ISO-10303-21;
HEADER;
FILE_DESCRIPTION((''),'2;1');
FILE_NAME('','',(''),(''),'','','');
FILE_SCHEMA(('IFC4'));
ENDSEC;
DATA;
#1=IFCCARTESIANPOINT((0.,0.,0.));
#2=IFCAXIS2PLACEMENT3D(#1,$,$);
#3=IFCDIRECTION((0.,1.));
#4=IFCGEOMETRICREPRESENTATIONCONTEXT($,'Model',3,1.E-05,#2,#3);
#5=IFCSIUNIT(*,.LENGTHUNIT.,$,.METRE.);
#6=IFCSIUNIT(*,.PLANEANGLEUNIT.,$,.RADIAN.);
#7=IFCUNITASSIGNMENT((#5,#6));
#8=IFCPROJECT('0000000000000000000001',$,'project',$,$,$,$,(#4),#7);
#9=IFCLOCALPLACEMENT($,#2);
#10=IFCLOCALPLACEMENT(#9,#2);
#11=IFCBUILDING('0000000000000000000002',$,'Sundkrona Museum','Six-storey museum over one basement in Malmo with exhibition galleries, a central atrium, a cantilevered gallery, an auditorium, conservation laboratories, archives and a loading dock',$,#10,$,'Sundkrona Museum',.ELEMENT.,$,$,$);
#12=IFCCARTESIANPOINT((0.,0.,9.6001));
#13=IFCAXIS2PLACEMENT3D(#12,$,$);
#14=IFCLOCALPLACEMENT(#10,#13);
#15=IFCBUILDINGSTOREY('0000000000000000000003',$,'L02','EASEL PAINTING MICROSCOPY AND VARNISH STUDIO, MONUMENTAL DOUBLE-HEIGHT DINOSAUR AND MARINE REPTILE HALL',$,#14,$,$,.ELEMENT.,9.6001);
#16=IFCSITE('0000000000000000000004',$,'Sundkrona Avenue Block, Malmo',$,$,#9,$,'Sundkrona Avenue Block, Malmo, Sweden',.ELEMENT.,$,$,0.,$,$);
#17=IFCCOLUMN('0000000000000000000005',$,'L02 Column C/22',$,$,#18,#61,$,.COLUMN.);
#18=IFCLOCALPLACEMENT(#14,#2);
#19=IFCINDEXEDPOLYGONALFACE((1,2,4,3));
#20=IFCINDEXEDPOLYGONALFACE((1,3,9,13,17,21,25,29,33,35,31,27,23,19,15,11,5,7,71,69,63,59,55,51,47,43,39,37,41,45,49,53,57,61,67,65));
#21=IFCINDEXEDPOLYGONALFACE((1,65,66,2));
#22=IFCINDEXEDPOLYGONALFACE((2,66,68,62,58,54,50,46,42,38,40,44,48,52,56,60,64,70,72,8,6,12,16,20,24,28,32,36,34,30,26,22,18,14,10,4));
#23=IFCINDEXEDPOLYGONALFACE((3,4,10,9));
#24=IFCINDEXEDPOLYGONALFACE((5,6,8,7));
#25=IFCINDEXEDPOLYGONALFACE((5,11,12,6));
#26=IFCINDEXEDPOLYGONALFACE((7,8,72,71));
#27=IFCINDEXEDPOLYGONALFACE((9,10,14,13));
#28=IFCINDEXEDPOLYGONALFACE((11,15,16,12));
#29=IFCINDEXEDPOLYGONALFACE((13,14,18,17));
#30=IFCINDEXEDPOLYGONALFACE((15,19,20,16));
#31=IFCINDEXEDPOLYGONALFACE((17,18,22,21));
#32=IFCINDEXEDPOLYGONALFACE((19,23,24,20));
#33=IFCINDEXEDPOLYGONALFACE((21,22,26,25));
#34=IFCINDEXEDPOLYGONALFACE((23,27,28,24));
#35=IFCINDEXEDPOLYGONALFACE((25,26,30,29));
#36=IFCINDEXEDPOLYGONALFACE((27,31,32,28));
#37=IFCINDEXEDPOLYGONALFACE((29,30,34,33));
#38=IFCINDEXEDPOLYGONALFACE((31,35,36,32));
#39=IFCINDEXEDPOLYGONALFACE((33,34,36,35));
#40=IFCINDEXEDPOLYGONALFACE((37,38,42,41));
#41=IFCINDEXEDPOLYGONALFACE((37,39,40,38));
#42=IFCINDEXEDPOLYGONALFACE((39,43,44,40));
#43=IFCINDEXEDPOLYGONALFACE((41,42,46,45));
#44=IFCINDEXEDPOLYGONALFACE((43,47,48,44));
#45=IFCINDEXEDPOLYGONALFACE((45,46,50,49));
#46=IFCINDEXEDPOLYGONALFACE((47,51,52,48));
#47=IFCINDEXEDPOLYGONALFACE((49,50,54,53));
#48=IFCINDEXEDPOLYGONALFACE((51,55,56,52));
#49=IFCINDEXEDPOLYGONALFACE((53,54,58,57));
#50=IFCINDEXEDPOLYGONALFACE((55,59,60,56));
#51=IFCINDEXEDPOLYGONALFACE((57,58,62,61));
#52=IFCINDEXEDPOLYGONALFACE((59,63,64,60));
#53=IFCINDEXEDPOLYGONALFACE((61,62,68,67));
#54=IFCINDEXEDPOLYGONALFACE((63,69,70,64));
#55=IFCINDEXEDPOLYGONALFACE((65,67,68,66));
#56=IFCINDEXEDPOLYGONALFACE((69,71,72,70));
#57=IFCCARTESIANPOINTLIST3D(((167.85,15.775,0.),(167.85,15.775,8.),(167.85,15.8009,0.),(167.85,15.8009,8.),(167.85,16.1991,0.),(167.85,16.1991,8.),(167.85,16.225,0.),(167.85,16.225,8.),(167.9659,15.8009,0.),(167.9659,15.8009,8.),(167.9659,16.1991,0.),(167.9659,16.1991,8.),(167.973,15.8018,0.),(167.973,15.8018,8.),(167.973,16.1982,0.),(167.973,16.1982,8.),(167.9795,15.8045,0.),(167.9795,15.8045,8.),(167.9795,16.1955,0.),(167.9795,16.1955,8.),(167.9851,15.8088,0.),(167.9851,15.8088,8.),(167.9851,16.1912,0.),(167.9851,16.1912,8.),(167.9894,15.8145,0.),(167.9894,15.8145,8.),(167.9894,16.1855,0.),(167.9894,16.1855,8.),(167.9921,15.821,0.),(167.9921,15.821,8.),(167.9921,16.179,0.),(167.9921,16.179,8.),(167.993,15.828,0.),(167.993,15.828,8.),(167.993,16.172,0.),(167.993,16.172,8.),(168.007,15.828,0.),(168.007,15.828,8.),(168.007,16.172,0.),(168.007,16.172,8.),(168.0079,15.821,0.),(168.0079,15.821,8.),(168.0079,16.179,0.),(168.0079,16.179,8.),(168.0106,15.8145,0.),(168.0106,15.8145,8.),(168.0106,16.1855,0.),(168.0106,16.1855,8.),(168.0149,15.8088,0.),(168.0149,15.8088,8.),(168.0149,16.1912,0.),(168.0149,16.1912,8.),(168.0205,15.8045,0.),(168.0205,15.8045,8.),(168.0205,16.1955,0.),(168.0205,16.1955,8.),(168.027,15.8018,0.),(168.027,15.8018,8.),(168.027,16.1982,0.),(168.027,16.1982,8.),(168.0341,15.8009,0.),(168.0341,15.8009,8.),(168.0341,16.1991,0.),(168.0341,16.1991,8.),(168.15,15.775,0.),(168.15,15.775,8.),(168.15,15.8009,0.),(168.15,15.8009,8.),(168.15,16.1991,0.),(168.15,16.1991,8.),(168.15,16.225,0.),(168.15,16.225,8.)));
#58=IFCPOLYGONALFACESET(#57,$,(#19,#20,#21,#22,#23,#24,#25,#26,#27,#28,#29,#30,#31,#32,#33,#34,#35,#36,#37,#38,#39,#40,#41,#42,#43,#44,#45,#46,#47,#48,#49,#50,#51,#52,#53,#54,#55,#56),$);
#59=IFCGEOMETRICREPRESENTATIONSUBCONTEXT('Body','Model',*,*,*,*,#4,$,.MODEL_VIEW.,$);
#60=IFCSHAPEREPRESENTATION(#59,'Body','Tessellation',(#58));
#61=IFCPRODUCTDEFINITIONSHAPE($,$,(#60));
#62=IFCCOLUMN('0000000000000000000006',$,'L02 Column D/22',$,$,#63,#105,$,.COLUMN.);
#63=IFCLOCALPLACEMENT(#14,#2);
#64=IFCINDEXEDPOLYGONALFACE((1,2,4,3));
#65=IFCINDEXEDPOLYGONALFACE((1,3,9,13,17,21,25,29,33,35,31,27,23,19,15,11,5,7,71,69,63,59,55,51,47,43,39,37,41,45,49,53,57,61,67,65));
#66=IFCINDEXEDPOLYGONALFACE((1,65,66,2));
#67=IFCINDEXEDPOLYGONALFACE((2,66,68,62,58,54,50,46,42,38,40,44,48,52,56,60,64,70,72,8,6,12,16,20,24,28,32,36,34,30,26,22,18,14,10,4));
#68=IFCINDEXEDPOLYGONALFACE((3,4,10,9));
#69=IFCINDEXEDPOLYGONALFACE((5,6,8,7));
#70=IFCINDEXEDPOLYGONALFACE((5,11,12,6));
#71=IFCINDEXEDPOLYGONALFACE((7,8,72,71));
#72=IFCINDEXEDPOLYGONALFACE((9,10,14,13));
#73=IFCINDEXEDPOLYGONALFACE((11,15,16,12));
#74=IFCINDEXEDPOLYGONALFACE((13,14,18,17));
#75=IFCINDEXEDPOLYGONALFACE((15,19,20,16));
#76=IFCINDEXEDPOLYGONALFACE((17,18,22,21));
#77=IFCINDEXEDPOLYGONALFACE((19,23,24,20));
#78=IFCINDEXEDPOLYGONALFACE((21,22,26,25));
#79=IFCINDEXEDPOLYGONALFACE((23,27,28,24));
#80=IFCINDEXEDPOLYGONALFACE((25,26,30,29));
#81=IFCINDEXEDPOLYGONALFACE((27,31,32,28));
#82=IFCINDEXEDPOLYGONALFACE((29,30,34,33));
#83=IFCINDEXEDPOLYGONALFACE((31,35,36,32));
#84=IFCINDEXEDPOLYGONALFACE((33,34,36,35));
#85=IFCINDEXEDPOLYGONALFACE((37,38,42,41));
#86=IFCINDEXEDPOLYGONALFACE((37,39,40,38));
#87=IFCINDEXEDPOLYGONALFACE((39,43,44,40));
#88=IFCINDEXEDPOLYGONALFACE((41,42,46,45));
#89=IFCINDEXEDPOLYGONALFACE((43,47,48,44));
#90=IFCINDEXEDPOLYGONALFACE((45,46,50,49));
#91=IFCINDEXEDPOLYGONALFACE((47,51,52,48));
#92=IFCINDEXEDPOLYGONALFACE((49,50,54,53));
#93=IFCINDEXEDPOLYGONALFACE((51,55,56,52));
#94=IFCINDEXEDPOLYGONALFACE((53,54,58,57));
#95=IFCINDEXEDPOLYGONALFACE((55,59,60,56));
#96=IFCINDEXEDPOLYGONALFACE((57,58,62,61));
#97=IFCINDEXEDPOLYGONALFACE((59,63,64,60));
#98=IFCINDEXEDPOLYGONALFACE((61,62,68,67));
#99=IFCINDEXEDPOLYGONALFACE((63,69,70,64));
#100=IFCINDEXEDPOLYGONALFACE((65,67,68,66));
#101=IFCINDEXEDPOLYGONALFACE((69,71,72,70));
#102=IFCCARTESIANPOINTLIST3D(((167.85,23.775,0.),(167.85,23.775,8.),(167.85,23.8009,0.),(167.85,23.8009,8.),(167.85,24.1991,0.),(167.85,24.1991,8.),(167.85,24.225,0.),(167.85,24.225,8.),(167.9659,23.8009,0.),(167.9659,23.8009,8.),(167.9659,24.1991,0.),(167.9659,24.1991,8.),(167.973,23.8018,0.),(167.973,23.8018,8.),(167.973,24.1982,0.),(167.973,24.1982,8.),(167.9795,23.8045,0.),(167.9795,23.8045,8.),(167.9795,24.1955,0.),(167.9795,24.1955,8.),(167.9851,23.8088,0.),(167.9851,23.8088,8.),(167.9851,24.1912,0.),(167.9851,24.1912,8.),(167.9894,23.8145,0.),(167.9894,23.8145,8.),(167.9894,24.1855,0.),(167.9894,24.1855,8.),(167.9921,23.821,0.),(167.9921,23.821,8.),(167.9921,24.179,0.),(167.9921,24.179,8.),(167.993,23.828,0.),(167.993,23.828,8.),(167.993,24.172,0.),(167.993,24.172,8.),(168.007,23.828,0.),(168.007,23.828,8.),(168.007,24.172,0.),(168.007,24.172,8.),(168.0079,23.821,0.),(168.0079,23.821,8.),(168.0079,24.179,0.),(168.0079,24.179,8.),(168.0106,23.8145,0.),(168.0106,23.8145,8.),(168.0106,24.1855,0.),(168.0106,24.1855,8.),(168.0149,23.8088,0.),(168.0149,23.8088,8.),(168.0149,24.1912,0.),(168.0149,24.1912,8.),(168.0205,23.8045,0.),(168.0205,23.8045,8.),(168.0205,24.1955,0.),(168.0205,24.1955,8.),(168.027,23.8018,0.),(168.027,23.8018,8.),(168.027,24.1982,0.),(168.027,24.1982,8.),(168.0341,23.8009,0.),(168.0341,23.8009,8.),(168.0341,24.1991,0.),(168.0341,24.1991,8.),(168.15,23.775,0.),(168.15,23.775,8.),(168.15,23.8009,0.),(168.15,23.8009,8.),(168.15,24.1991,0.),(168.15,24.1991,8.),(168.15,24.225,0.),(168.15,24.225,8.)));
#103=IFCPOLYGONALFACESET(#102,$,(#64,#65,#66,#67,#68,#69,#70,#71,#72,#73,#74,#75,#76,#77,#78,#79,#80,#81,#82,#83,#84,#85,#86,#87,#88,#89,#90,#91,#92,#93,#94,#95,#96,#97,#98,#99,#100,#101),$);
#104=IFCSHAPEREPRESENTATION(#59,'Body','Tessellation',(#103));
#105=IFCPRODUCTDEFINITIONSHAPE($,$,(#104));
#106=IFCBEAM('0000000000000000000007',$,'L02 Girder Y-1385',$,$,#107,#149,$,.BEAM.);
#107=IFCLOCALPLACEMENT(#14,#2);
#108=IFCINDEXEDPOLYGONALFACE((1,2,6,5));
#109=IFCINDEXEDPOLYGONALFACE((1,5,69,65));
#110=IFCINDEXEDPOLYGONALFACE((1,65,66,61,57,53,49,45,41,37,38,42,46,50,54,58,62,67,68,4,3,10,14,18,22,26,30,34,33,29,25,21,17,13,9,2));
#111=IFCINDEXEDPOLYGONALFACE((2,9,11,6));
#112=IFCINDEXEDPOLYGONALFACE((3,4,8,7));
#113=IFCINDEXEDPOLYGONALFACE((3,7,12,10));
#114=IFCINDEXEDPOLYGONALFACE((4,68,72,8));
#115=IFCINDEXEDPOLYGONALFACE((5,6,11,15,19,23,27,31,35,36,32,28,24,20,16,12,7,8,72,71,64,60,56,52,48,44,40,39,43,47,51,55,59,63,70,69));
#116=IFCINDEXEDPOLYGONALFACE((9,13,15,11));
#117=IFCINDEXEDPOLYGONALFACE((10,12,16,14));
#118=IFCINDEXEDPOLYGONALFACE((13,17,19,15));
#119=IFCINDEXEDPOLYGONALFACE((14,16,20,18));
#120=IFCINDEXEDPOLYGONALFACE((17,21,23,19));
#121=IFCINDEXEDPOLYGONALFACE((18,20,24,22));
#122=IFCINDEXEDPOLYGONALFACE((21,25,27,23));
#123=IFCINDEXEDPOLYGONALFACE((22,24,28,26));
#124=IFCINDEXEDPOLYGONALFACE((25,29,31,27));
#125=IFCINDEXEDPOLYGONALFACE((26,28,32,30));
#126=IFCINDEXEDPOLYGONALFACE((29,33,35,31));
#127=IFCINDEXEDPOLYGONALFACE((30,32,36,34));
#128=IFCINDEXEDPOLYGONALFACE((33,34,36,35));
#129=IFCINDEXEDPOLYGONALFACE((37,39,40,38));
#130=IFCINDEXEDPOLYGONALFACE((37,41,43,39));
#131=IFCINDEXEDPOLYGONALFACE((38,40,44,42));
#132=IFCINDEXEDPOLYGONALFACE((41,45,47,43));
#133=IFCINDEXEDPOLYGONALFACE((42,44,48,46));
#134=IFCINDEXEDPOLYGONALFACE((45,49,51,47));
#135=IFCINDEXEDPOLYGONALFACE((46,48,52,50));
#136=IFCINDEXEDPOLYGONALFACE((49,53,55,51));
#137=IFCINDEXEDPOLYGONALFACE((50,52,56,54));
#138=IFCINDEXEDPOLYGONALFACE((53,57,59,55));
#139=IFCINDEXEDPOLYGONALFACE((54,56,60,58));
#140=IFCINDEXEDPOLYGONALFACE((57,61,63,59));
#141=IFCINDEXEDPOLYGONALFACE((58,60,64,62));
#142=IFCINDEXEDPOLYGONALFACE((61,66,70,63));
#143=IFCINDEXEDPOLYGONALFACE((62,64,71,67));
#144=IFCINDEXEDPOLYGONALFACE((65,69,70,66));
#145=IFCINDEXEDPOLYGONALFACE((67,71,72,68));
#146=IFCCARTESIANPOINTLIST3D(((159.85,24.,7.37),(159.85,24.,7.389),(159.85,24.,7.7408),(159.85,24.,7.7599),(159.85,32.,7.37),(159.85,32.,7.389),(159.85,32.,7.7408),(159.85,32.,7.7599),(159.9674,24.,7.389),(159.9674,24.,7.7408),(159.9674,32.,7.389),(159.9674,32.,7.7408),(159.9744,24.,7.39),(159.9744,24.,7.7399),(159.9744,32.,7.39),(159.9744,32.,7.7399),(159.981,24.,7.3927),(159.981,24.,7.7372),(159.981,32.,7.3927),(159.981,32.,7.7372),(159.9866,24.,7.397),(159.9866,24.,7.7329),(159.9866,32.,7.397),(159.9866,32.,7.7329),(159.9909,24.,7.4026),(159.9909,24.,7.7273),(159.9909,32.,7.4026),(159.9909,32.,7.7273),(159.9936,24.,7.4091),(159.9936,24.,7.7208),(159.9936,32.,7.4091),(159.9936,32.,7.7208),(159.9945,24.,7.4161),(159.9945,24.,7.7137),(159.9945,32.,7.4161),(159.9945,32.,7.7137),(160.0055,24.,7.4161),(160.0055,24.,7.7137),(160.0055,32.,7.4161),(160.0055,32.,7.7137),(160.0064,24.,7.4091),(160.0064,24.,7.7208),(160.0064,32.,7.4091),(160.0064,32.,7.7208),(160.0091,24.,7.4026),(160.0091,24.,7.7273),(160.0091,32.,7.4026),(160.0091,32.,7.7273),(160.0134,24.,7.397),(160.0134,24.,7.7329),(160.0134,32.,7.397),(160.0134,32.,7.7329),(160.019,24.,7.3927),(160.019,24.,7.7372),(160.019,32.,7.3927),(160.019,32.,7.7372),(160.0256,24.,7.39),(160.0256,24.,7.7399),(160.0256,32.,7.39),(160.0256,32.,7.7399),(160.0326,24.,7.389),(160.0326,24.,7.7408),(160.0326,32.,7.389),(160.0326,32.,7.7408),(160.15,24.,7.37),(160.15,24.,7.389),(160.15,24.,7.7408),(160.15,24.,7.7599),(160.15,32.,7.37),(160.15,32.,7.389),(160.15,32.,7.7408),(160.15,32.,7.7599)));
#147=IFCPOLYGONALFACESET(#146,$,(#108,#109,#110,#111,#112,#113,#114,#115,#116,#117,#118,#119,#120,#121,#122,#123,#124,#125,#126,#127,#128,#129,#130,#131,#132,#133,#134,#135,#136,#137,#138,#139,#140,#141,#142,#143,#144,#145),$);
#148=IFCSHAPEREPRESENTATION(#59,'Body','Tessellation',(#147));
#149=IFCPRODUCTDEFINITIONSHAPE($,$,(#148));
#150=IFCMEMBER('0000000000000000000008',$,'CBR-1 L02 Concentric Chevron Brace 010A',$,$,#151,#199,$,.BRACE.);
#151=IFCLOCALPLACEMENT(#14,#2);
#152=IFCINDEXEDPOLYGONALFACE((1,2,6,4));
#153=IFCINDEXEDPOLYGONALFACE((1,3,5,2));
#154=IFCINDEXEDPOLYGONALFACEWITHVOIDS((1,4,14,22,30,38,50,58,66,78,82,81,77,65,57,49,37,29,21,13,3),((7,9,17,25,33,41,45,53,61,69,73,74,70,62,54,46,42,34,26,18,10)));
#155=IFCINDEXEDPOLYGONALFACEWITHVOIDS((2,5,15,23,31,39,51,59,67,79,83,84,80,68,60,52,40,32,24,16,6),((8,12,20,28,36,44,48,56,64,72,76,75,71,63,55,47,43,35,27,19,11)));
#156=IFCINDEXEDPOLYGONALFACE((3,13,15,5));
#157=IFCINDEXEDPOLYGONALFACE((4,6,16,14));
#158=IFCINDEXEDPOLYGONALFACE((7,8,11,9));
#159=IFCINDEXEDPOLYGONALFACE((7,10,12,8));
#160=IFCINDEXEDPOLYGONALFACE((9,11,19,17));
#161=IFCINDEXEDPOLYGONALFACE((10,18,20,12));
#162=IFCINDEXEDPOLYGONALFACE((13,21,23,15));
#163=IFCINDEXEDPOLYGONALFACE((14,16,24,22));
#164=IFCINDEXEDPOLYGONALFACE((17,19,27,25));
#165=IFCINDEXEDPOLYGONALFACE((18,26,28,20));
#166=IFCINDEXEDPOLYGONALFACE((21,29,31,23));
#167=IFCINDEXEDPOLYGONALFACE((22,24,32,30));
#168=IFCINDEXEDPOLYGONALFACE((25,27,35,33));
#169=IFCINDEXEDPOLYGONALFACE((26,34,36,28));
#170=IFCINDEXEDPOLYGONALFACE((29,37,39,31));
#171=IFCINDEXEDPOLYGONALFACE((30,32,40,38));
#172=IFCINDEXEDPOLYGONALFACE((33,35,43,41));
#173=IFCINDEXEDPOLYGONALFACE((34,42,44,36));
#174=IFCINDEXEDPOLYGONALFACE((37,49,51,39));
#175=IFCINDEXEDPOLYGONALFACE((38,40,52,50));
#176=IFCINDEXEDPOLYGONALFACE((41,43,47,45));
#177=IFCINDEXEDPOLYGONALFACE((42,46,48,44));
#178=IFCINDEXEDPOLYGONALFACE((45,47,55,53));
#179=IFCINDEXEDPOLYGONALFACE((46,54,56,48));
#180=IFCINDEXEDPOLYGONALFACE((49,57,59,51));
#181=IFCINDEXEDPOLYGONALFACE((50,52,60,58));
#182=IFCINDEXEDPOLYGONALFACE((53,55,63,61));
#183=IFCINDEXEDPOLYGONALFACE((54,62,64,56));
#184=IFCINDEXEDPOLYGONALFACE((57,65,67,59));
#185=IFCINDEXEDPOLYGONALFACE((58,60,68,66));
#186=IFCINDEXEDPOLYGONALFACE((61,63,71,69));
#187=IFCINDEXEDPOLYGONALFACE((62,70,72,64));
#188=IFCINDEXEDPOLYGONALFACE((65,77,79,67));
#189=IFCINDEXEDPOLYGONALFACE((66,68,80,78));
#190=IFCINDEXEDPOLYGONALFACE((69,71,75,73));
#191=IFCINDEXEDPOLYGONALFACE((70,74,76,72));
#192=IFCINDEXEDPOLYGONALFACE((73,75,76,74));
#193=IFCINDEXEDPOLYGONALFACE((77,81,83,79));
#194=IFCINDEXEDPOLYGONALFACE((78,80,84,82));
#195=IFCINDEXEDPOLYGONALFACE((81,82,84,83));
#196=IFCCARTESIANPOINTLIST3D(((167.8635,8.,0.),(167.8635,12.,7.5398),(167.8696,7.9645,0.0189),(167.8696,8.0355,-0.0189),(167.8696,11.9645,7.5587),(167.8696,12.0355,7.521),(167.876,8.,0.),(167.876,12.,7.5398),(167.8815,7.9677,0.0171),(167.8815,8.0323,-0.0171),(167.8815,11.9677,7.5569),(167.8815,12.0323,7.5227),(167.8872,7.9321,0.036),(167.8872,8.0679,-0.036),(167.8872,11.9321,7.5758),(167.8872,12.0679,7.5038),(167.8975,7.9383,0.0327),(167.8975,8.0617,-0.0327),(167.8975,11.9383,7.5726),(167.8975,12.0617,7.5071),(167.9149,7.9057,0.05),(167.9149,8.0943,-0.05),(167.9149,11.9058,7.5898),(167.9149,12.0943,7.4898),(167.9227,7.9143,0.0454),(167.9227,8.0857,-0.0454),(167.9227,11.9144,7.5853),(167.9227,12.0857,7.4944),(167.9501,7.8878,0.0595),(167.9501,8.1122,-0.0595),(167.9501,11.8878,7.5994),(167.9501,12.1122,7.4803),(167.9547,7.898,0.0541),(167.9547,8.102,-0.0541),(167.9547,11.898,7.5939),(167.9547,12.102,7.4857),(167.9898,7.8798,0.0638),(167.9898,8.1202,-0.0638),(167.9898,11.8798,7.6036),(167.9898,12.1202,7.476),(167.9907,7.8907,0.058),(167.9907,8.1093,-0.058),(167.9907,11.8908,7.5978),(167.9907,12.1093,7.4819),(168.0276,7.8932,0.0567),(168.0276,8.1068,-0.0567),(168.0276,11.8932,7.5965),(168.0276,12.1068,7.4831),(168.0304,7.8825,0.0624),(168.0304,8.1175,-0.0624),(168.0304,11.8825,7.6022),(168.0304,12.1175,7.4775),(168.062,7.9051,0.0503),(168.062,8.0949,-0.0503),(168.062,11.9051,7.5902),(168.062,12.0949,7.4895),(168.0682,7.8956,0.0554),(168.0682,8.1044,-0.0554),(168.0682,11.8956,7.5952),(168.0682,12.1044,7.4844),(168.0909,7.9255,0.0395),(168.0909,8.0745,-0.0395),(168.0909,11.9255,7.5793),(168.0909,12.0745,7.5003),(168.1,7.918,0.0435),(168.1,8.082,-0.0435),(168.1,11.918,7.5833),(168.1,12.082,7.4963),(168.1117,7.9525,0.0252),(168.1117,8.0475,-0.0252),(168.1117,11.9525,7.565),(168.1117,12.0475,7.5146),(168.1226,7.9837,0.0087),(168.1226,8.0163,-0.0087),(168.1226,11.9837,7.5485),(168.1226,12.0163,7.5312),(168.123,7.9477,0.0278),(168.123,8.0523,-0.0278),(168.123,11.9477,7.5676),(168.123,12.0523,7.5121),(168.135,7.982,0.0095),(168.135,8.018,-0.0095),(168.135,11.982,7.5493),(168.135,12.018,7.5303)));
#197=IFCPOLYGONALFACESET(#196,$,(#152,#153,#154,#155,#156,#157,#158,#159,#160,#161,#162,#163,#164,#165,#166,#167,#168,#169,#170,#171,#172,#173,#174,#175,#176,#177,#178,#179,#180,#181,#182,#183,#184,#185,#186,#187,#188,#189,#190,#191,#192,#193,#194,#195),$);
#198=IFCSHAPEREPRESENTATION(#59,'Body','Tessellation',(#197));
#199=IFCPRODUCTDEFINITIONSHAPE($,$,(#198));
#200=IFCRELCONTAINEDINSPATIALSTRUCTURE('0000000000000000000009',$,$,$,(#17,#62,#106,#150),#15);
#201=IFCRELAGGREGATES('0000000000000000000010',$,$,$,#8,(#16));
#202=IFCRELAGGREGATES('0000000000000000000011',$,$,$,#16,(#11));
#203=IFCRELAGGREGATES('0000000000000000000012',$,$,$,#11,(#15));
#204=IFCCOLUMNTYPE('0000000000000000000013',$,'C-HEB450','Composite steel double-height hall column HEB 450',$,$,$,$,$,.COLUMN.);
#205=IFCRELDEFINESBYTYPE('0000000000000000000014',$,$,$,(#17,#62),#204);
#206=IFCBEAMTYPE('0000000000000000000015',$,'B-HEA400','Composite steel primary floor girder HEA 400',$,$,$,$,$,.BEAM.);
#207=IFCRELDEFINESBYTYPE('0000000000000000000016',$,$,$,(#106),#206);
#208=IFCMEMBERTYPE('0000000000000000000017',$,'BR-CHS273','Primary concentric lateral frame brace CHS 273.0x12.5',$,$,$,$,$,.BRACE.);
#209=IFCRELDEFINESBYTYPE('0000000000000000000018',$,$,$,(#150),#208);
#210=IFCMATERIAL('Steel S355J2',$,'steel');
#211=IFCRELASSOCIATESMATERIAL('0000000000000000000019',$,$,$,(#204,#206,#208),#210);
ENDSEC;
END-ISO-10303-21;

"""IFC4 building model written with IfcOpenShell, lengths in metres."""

from ifc_helpers import new_model, si_unit, direction, frame, origin, origin_2d, place, context, subcontext, project, spatial, hollow_circle, i_section, extrude, material, material_profile, profile_set, type_object, element, save


model = new_model("IFC4")

# Units and contexts
model_context = context("Model", 3, precision=1e-05, world=origin(), true_north=direction((0.0, 1.0)))
body_context = subcontext(model_context, "Body", "Model", "MODEL_VIEW")
ifc_project = project(units=[si_unit("LENGTHUNIT", "METRE"), si_unit("PLANEANGLEUNIT", "RADIAN")], contexts=[model_context])

# Site, building, storey
site_placement = place(None, origin())
site = spatial("IfcSite", under=ifc_project, at=site_placement, Name="Sundkrona Avenue Block, Malmo", LongName="Sundkrona Avenue Block, Malmo, Sweden", CompositionType="ELEMENT", RefElevation=0.0)
building_placement = place(site_placement, origin())
building = spatial("IfcBuilding", under=site, at=building_placement, Name="Sundkrona Museum", Description="Six-storey museum over one basement in Malmo with exhibition galleries, a central atrium, a cantilevered gallery, an auditorium, conservation laboratories, archives and a loading dock", LongName="Sundkrona Museum", CompositionType="ELEMENT")
storey_placement = place(building_placement, frame((0.0, 0.0, 9.6001)))
storey = spatial("IfcBuildingStorey", under=building, at=storey_placement, Name="L02", Description="EASEL PAINTING MICROSCOPY AND VARNISH STUDIO, MONUMENTAL DOUBLE-HEIGHT DINOSAUR AND MARINE REPTILE HALL", CompositionType="ELEMENT", Elevation=9.6001)

# Columns
ifc_material_1 = material(Name="Steel S355J2", Category="steel")
ifc_material_profile_1 = material_profile(ifc_material_1, i_section(OverallWidth=0.3, OverallDepth=0.45, WebThickness=0.0139, FlangeThickness=0.0259, FilletRadius=0.0271, at=origin_2d()), Name="HEB 450")
ifc_profile_set_1 = profile_set([ifc_material_profile_1], Name="Steel S355J2")
column_type = type_object("IfcColumnType", Name="C-HEB450", Description="Composite steel double-height hall column HEB 450", PredefinedType="COLUMN", material=ifc_profile_set_1)
for number, where, z_axis, x_axis, name in (
    (1, (168.0, 16.0, 0.0), (0.0, 0.0, 1.0), (1.0, 0.0, 0.0), "L02 Column C/22"),
    (2, (168.0, 24.0, 0.0), (0.0, 0.0, 1.0), (1.0, 0.0, 0.0), "L02 Column D/22"),
):
    element("IfcColumn", number, at=place(storey_placement, frame(where, z_axis=z_axis, x_axis=x_axis)), inside=storey, type_object=column_type, Name=name, PredefinedType="COLUMN", context=body_context, shape_type="SweptSolid", body=[
        extrude(i_section(OverallWidth=0.3, OverallDepth=0.45, WebThickness=0.0139, FlangeThickness=0.0259, FilletRadius=0.0271, at=origin_2d()), origin(), (0.0, 0.0, 1.0), 8.0),
    ])

# Beam
ifc_material_profile_2 = material_profile(ifc_material_1, i_section(OverallWidth=0.3, OverallDepth=0.3899, WebThickness=0.011, FlangeThickness=0.019, FilletRadius=0.0271, at=origin_2d()), Name="HEA 400")
ifc_profile_set_2 = profile_set([ifc_material_profile_2], Name="Steel S355J2")
beam_type_1 = type_object("IfcBeamType", Name="B-HEA400", Description="Composite steel primary floor girder HEA 400", PredefinedType="BEAM", material=ifc_profile_set_2)
beam_1_placement = place(storey_placement, frame((160.0, 24.0, 7.5649), z_axis=(0.0, 1.0, 0.0), x_axis=(-1.0, 0.0, 0.0)))
element("IfcBeam", 3, at=beam_1_placement, inside=storey, type_object=beam_type_1, Name="L02 Girder Y-1385", PredefinedType="BEAM", context=body_context, shape_type="SweptSolid", body=[
    extrude(i_section(OverallWidth=0.3, OverallDepth=0.3899, WebThickness=0.011, FlangeThickness=0.019, FilletRadius=0.0271, at=origin_2d()), origin(), (0.0, 0.0, 1.0), 8.0),
])

# Member
ifc_material_profile_3 = material_profile(ifc_material_1, hollow_circle(Radius=0.1365, WallThickness=0.0125, at=origin_2d()), Name="CHS 273.0x12.5")
ifc_profile_set_3 = profile_set([ifc_material_profile_3], Name="Steel S355J2")
member_type = type_object("IfcMemberType", Name="BR-CHS273", Description="Primary concentric lateral frame brace CHS 273.0x12.5", PredefinedType="BRACE", material=ifc_profile_set_3)
for number, where, z_axis, x_axis, name in (
    (4, (168.0, 8.0, 0.0), (0.0, 0.468651, 0.883383), (-1.0, 0.0, 0.0), "CBR-1 L02 Concentric Chevron Brace 010A"),
):
    element("IfcMember", number, at=place(storey_placement, frame(where, z_axis=z_axis, x_axis=x_axis)), inside=storey, type_object=member_type, Name=name, PredefinedType="BRACE", context=body_context, shape_type="SweptSolid", body=[
        extrude(hollow_circle(Radius=0.1365, WallThickness=0.0125, at=origin_2d()), origin(), (0.0, 0.0, 1.0), 8.5352),
    ])

save(model, "model.ifc")
